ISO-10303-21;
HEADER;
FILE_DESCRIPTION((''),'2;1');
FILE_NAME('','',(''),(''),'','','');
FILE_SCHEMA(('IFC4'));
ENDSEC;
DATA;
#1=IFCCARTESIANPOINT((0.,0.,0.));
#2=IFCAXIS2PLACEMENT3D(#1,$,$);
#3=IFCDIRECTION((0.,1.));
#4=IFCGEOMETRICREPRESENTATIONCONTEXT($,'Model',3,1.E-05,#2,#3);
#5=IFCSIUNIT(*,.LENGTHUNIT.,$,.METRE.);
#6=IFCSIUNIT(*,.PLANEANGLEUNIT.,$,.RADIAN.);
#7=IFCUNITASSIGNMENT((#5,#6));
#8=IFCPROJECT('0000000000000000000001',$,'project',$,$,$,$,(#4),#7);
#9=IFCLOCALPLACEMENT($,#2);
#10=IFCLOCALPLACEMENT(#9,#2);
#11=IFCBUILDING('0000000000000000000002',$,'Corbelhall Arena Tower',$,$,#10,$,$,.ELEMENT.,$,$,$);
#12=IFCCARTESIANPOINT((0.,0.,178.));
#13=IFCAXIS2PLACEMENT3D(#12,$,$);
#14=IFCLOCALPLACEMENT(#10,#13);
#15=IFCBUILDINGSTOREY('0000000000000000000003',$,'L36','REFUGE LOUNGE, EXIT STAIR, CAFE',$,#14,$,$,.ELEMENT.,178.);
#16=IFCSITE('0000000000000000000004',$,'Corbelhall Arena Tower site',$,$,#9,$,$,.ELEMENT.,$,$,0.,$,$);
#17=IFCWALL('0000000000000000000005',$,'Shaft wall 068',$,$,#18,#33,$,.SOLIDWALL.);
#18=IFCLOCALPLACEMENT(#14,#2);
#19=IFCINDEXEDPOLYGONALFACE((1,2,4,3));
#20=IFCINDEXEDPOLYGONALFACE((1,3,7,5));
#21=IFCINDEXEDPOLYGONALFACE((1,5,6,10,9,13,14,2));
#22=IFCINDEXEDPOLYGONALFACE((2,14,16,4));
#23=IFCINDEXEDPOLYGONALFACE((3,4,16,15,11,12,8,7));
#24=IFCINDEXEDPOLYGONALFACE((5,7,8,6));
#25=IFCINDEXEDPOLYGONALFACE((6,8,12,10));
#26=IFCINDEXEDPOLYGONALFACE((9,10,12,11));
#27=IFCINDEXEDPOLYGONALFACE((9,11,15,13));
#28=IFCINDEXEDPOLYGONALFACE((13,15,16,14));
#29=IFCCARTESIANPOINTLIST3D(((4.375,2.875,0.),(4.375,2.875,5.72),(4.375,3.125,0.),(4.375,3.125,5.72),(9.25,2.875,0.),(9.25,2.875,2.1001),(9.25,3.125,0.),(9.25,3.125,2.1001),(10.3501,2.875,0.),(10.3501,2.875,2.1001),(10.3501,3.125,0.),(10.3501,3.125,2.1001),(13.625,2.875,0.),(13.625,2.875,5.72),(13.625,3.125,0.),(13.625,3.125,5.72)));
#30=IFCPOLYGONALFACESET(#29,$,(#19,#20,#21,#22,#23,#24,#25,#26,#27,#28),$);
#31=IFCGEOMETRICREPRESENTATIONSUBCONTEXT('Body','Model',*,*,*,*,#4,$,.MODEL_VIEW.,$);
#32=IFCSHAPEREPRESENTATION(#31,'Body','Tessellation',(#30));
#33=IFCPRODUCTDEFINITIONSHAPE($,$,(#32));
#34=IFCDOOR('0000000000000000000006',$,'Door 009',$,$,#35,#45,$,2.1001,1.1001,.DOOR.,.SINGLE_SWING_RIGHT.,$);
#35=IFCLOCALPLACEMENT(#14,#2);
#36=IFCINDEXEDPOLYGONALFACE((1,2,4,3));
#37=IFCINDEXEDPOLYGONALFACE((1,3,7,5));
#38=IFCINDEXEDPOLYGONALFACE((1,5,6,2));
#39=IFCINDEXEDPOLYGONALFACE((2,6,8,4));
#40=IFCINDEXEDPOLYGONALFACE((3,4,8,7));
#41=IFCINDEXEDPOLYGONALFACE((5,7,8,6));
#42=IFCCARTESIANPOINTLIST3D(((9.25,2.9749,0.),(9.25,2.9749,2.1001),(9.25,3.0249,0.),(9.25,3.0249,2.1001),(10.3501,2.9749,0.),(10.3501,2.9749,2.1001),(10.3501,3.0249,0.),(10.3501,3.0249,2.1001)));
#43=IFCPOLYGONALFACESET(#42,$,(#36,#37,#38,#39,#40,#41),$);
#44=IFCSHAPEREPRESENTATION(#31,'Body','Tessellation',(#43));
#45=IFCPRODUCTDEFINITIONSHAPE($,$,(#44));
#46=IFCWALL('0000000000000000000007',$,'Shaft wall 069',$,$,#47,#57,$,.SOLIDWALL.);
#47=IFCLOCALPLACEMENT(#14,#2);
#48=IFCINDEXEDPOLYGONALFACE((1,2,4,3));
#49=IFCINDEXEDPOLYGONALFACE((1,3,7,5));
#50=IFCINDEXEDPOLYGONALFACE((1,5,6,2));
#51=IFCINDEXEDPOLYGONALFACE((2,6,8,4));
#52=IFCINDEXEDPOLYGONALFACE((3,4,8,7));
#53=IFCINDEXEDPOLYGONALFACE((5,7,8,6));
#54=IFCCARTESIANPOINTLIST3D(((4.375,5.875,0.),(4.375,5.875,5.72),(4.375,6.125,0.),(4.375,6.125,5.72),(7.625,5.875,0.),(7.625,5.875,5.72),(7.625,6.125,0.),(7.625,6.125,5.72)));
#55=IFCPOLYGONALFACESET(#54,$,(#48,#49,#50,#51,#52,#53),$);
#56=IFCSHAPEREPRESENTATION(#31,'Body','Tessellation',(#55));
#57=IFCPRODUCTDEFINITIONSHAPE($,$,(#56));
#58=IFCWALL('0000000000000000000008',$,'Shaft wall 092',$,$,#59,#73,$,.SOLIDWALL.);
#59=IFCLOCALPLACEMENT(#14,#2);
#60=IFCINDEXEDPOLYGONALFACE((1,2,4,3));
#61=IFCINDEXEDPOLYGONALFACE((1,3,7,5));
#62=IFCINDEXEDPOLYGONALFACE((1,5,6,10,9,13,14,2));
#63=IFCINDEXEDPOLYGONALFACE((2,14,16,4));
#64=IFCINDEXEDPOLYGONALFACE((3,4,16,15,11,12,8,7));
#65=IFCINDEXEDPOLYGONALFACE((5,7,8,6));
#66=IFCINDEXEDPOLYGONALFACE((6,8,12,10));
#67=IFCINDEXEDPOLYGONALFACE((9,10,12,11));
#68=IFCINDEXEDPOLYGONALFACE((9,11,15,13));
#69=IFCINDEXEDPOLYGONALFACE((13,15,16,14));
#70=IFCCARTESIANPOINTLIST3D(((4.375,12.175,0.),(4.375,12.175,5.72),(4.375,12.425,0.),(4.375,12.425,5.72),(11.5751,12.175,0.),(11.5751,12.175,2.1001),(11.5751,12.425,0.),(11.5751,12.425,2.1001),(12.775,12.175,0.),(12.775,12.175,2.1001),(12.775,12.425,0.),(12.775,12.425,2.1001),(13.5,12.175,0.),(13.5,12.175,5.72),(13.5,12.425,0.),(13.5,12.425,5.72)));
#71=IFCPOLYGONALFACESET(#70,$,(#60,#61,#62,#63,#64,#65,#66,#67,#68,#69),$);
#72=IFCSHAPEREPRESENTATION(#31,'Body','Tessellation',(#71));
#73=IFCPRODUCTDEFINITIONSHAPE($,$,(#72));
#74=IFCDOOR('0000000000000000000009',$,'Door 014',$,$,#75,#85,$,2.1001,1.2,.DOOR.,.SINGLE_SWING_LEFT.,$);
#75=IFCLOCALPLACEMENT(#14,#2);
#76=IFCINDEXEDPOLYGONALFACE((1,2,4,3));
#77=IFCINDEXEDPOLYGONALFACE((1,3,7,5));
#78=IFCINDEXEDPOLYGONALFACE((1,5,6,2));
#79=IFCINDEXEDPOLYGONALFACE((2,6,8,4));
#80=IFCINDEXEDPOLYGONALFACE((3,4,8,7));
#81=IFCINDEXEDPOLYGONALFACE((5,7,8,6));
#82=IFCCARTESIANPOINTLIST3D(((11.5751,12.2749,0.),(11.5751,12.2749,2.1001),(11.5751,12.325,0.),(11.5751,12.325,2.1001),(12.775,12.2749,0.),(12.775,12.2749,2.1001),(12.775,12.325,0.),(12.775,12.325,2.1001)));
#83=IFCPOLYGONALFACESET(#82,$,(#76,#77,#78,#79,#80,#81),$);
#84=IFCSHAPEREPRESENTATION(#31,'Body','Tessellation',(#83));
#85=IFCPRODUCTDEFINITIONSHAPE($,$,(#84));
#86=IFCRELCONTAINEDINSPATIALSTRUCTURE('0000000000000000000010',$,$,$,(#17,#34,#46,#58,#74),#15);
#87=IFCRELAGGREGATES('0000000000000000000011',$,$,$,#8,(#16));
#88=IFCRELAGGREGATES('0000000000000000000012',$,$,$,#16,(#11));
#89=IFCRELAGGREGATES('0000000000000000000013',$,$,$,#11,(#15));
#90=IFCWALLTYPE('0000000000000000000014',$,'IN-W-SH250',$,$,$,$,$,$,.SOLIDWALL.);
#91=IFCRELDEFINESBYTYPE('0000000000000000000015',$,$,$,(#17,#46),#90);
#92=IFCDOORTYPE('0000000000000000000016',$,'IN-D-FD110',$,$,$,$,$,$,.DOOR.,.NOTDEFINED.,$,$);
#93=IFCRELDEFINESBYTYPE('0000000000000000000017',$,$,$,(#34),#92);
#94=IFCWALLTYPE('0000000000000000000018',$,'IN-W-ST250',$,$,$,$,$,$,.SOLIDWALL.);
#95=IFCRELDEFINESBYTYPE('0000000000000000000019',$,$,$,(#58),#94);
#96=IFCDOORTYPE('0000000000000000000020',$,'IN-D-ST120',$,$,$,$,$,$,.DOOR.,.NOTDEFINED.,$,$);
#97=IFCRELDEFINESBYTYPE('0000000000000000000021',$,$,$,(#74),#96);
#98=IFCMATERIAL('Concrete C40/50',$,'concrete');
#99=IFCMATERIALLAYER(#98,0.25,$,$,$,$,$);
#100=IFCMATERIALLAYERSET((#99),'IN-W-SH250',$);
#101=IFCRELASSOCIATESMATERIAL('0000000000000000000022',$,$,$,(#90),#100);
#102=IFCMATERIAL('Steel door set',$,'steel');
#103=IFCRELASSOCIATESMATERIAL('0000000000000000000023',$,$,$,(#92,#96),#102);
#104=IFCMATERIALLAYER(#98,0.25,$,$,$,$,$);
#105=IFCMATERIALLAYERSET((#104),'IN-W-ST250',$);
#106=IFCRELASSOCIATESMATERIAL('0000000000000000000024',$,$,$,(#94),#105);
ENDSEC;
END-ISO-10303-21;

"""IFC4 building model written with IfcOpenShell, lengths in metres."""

from ifc_helpers import new_model, si_unit, direction, frame, frame_2d, origin, place, context, subcontext, project, spatial, rectangle, extrude, material, layer, layer_set, type_object, element, fill, save


model = new_model("IFC4")

# Units and contexts
model_context = context("Model", 3, precision=1e-05, world=origin(), true_north=direction((0.0, 1.0)))
body_context = subcontext(model_context, "Body", "Model", "MODEL_VIEW")
ifc_project = project(units=[si_unit("LENGTHUNIT", "METRE"), si_unit("PLANEANGLEUNIT", "RADIAN")], contexts=[model_context])

# Site, building, storey
site_placement = place(None, origin())
site = spatial("IfcSite", under=ifc_project, at=site_placement, Name="Corbelhall Arena Tower site", CompositionType="ELEMENT", RefElevation=0.0)
building_placement = place(site_placement, origin())
building = spatial("IfcBuilding", under=site, at=building_placement, Name="Corbelhall Arena Tower", CompositionType="ELEMENT")
storey_placement = place(building_placement, frame((0.0, 0.0, 178.0)))
storey = spatial("IfcBuildingStorey", under=building, at=storey_placement, Name="L36", Description="REFUGE LOUNGE, EXIT STAIR, CAFE", CompositionType="ELEMENT", Elevation=178.0)

# Shared definitions
ifc_material_1 = material(Name="Concrete C40/50", Category="concrete")

# Shared definitions
ifc_layer_1 = layer(ifc_material_1, 0.25)
ifc_layer_set_1 = layer_set([ifc_layer_1], Name="IN-W-SH250")
wall_type_1 = type_object("IfcWallType", Name="IN-W-SH250", PredefinedType="SOLIDWALL", material=ifc_layer_set_1)

# Wall, opening, door
wall_1_placement = place(storey_placement, frame((4.375, 3.0, 0.0), z_axis=(0.0, 0.0, 1.0), x_axis=(1.0, 0.0, 0.0)))
wall_1 = element("IfcWall", 1, at=wall_1_placement, inside=storey, type_object=wall_type_1, Name="Shaft wall 068", PredefinedType="SOLIDWALL", context=body_context, shape_type="SweptSolid", body=[
    extrude(rectangle(XDim=9.25, YDim=0.25, at=frame_2d((4.625, 0.0))), origin(), (0.0, 0.0, 1.0), 5.72),
])
opening_1_placement = place(wall_1_placement, frame((4.875, 0.0, 0.0)))
opening_1 = element("IfcOpeningElement", 2, at=opening_1_placement, cuts=wall_1, PredefinedType="OPENING", context=body_context, shape_type="SweptSolid", body=[
    extrude(rectangle(XDim=1.1001, YDim=2.1001, at=frame_2d((0.55, 1.05))), frame((0.0, 0.125, 0.0), z_axis=(0.0, -1.0, 0.0), x_axis=(1.0, 0.0, 0.0)), (0.0, 0.0, 1.0), 0.25),
])
ifc_material_2 = material(Name="Steel door set", Category="steel")
door_type_1 = type_object("IfcDoorType", Name="IN-D-FD110", OperationType="NOTDEFINED", PredefinedType="DOOR", material=ifc_material_2)
door_1_placement = place(opening_1_placement, origin())
door_1 = element("IfcDoor", 3, at=door_1_placement, inside=storey, type_object=door_type_1, Name="Door 009", OperationType="SINGLE_SWING_RIGHT", OverallHeight=2.1001, OverallWidth=1.1001, PredefinedType="DOOR", context=body_context, shape_type="SweptSolid", body=[
    extrude(rectangle(XDim=1.1001, YDim=2.1001, at=frame_2d((0.55, 1.05))), frame((0.0, 0.0249, 0.0), z_axis=(0.0, -1.0, 0.0), x_axis=(1.0, 0.0, 0.0)), (0.0, 0.0, 1.0), 0.05),
])
fill(opening_1, door_1)

# Wall
wall_2_placement = place(storey_placement, frame((4.375, 6.0, 0.0), z_axis=(0.0, 0.0, 1.0), x_axis=(1.0, 0.0, 0.0)))
element("IfcWall", 4, at=wall_2_placement, inside=storey, type_object=wall_type_1, Name="Shaft wall 069", PredefinedType="SOLIDWALL", context=body_context, shape_type="SweptSolid", body=[
    extrude(rectangle(XDim=3.25, YDim=0.25, at=frame_2d((1.625, 0.0))), origin(), (0.0, 0.0, 1.0), 5.72),
])

# Wall, opening, door
ifc_layer_2 = layer(ifc_material_1, 0.25)
ifc_layer_set_2 = layer_set([ifc_layer_2], Name="IN-W-ST250")
wall_type_2 = type_object("IfcWallType", Name="IN-W-ST250", PredefinedType="SOLIDWALL", material=ifc_layer_set_2)
wall_3_placement = place(storey_placement, frame((4.375, 12.3, 0.0), z_axis=(0.0, 0.0, 1.0), x_axis=(1.0, 0.0, 0.0)))
wall_3 = element("IfcWall", 5, at=wall_3_placement, inside=storey, type_object=wall_type_2, Name="Shaft wall 092", PredefinedType="SOLIDWALL", context=body_context, shape_type="SweptSolid", body=[
    extrude(rectangle(XDim=9.125, YDim=0.25, at=frame_2d((4.5625, 0.0))), origin(), (0.0, 0.0, 1.0), 5.72),
])
opening_2_placement = place(wall_3_placement, frame((7.2, 0.0, 0.0)))
opening_2 = element("IfcOpeningElement", 6, at=opening_2_placement, cuts=wall_3, PredefinedType="OPENING", context=body_context, shape_type="SweptSolid", body=[
    extrude(rectangle(XDim=1.2, YDim=2.1001, at=frame_2d((0.6001, 1.05))), frame((0.0, 0.125, 0.0), z_axis=(0.0, -1.0, 0.0), x_axis=(1.0, 0.0, 0.0)), (0.0, 0.0, 1.0), 0.25),
])
door_type_2 = type_object("IfcDoorType", Name="IN-D-ST120", OperationType="NOTDEFINED", PredefinedType="DOOR", material=ifc_material_2)
door_2_placement = place(opening_2_placement, origin())
door_2 = element("IfcDoor", 7, at=door_2_placement, inside=storey, type_object=door_type_2, Name="Door 014", OperationType="SINGLE_SWING_LEFT", OverallHeight=2.1001, OverallWidth=1.2, PredefinedType="DOOR", context=body_context, shape_type="SweptSolid", body=[
    extrude(rectangle(XDim=1.2, YDim=2.1001, at=frame_2d((0.6001, 1.05))), frame((0.0, 0.0249, 0.0), z_axis=(0.0, -1.0, 0.0), x_axis=(1.0, 0.0, 0.0)), (0.0, 0.0, 1.0), 0.05),
])
fill(opening_2, door_2)

save(model, "model.ifc")
